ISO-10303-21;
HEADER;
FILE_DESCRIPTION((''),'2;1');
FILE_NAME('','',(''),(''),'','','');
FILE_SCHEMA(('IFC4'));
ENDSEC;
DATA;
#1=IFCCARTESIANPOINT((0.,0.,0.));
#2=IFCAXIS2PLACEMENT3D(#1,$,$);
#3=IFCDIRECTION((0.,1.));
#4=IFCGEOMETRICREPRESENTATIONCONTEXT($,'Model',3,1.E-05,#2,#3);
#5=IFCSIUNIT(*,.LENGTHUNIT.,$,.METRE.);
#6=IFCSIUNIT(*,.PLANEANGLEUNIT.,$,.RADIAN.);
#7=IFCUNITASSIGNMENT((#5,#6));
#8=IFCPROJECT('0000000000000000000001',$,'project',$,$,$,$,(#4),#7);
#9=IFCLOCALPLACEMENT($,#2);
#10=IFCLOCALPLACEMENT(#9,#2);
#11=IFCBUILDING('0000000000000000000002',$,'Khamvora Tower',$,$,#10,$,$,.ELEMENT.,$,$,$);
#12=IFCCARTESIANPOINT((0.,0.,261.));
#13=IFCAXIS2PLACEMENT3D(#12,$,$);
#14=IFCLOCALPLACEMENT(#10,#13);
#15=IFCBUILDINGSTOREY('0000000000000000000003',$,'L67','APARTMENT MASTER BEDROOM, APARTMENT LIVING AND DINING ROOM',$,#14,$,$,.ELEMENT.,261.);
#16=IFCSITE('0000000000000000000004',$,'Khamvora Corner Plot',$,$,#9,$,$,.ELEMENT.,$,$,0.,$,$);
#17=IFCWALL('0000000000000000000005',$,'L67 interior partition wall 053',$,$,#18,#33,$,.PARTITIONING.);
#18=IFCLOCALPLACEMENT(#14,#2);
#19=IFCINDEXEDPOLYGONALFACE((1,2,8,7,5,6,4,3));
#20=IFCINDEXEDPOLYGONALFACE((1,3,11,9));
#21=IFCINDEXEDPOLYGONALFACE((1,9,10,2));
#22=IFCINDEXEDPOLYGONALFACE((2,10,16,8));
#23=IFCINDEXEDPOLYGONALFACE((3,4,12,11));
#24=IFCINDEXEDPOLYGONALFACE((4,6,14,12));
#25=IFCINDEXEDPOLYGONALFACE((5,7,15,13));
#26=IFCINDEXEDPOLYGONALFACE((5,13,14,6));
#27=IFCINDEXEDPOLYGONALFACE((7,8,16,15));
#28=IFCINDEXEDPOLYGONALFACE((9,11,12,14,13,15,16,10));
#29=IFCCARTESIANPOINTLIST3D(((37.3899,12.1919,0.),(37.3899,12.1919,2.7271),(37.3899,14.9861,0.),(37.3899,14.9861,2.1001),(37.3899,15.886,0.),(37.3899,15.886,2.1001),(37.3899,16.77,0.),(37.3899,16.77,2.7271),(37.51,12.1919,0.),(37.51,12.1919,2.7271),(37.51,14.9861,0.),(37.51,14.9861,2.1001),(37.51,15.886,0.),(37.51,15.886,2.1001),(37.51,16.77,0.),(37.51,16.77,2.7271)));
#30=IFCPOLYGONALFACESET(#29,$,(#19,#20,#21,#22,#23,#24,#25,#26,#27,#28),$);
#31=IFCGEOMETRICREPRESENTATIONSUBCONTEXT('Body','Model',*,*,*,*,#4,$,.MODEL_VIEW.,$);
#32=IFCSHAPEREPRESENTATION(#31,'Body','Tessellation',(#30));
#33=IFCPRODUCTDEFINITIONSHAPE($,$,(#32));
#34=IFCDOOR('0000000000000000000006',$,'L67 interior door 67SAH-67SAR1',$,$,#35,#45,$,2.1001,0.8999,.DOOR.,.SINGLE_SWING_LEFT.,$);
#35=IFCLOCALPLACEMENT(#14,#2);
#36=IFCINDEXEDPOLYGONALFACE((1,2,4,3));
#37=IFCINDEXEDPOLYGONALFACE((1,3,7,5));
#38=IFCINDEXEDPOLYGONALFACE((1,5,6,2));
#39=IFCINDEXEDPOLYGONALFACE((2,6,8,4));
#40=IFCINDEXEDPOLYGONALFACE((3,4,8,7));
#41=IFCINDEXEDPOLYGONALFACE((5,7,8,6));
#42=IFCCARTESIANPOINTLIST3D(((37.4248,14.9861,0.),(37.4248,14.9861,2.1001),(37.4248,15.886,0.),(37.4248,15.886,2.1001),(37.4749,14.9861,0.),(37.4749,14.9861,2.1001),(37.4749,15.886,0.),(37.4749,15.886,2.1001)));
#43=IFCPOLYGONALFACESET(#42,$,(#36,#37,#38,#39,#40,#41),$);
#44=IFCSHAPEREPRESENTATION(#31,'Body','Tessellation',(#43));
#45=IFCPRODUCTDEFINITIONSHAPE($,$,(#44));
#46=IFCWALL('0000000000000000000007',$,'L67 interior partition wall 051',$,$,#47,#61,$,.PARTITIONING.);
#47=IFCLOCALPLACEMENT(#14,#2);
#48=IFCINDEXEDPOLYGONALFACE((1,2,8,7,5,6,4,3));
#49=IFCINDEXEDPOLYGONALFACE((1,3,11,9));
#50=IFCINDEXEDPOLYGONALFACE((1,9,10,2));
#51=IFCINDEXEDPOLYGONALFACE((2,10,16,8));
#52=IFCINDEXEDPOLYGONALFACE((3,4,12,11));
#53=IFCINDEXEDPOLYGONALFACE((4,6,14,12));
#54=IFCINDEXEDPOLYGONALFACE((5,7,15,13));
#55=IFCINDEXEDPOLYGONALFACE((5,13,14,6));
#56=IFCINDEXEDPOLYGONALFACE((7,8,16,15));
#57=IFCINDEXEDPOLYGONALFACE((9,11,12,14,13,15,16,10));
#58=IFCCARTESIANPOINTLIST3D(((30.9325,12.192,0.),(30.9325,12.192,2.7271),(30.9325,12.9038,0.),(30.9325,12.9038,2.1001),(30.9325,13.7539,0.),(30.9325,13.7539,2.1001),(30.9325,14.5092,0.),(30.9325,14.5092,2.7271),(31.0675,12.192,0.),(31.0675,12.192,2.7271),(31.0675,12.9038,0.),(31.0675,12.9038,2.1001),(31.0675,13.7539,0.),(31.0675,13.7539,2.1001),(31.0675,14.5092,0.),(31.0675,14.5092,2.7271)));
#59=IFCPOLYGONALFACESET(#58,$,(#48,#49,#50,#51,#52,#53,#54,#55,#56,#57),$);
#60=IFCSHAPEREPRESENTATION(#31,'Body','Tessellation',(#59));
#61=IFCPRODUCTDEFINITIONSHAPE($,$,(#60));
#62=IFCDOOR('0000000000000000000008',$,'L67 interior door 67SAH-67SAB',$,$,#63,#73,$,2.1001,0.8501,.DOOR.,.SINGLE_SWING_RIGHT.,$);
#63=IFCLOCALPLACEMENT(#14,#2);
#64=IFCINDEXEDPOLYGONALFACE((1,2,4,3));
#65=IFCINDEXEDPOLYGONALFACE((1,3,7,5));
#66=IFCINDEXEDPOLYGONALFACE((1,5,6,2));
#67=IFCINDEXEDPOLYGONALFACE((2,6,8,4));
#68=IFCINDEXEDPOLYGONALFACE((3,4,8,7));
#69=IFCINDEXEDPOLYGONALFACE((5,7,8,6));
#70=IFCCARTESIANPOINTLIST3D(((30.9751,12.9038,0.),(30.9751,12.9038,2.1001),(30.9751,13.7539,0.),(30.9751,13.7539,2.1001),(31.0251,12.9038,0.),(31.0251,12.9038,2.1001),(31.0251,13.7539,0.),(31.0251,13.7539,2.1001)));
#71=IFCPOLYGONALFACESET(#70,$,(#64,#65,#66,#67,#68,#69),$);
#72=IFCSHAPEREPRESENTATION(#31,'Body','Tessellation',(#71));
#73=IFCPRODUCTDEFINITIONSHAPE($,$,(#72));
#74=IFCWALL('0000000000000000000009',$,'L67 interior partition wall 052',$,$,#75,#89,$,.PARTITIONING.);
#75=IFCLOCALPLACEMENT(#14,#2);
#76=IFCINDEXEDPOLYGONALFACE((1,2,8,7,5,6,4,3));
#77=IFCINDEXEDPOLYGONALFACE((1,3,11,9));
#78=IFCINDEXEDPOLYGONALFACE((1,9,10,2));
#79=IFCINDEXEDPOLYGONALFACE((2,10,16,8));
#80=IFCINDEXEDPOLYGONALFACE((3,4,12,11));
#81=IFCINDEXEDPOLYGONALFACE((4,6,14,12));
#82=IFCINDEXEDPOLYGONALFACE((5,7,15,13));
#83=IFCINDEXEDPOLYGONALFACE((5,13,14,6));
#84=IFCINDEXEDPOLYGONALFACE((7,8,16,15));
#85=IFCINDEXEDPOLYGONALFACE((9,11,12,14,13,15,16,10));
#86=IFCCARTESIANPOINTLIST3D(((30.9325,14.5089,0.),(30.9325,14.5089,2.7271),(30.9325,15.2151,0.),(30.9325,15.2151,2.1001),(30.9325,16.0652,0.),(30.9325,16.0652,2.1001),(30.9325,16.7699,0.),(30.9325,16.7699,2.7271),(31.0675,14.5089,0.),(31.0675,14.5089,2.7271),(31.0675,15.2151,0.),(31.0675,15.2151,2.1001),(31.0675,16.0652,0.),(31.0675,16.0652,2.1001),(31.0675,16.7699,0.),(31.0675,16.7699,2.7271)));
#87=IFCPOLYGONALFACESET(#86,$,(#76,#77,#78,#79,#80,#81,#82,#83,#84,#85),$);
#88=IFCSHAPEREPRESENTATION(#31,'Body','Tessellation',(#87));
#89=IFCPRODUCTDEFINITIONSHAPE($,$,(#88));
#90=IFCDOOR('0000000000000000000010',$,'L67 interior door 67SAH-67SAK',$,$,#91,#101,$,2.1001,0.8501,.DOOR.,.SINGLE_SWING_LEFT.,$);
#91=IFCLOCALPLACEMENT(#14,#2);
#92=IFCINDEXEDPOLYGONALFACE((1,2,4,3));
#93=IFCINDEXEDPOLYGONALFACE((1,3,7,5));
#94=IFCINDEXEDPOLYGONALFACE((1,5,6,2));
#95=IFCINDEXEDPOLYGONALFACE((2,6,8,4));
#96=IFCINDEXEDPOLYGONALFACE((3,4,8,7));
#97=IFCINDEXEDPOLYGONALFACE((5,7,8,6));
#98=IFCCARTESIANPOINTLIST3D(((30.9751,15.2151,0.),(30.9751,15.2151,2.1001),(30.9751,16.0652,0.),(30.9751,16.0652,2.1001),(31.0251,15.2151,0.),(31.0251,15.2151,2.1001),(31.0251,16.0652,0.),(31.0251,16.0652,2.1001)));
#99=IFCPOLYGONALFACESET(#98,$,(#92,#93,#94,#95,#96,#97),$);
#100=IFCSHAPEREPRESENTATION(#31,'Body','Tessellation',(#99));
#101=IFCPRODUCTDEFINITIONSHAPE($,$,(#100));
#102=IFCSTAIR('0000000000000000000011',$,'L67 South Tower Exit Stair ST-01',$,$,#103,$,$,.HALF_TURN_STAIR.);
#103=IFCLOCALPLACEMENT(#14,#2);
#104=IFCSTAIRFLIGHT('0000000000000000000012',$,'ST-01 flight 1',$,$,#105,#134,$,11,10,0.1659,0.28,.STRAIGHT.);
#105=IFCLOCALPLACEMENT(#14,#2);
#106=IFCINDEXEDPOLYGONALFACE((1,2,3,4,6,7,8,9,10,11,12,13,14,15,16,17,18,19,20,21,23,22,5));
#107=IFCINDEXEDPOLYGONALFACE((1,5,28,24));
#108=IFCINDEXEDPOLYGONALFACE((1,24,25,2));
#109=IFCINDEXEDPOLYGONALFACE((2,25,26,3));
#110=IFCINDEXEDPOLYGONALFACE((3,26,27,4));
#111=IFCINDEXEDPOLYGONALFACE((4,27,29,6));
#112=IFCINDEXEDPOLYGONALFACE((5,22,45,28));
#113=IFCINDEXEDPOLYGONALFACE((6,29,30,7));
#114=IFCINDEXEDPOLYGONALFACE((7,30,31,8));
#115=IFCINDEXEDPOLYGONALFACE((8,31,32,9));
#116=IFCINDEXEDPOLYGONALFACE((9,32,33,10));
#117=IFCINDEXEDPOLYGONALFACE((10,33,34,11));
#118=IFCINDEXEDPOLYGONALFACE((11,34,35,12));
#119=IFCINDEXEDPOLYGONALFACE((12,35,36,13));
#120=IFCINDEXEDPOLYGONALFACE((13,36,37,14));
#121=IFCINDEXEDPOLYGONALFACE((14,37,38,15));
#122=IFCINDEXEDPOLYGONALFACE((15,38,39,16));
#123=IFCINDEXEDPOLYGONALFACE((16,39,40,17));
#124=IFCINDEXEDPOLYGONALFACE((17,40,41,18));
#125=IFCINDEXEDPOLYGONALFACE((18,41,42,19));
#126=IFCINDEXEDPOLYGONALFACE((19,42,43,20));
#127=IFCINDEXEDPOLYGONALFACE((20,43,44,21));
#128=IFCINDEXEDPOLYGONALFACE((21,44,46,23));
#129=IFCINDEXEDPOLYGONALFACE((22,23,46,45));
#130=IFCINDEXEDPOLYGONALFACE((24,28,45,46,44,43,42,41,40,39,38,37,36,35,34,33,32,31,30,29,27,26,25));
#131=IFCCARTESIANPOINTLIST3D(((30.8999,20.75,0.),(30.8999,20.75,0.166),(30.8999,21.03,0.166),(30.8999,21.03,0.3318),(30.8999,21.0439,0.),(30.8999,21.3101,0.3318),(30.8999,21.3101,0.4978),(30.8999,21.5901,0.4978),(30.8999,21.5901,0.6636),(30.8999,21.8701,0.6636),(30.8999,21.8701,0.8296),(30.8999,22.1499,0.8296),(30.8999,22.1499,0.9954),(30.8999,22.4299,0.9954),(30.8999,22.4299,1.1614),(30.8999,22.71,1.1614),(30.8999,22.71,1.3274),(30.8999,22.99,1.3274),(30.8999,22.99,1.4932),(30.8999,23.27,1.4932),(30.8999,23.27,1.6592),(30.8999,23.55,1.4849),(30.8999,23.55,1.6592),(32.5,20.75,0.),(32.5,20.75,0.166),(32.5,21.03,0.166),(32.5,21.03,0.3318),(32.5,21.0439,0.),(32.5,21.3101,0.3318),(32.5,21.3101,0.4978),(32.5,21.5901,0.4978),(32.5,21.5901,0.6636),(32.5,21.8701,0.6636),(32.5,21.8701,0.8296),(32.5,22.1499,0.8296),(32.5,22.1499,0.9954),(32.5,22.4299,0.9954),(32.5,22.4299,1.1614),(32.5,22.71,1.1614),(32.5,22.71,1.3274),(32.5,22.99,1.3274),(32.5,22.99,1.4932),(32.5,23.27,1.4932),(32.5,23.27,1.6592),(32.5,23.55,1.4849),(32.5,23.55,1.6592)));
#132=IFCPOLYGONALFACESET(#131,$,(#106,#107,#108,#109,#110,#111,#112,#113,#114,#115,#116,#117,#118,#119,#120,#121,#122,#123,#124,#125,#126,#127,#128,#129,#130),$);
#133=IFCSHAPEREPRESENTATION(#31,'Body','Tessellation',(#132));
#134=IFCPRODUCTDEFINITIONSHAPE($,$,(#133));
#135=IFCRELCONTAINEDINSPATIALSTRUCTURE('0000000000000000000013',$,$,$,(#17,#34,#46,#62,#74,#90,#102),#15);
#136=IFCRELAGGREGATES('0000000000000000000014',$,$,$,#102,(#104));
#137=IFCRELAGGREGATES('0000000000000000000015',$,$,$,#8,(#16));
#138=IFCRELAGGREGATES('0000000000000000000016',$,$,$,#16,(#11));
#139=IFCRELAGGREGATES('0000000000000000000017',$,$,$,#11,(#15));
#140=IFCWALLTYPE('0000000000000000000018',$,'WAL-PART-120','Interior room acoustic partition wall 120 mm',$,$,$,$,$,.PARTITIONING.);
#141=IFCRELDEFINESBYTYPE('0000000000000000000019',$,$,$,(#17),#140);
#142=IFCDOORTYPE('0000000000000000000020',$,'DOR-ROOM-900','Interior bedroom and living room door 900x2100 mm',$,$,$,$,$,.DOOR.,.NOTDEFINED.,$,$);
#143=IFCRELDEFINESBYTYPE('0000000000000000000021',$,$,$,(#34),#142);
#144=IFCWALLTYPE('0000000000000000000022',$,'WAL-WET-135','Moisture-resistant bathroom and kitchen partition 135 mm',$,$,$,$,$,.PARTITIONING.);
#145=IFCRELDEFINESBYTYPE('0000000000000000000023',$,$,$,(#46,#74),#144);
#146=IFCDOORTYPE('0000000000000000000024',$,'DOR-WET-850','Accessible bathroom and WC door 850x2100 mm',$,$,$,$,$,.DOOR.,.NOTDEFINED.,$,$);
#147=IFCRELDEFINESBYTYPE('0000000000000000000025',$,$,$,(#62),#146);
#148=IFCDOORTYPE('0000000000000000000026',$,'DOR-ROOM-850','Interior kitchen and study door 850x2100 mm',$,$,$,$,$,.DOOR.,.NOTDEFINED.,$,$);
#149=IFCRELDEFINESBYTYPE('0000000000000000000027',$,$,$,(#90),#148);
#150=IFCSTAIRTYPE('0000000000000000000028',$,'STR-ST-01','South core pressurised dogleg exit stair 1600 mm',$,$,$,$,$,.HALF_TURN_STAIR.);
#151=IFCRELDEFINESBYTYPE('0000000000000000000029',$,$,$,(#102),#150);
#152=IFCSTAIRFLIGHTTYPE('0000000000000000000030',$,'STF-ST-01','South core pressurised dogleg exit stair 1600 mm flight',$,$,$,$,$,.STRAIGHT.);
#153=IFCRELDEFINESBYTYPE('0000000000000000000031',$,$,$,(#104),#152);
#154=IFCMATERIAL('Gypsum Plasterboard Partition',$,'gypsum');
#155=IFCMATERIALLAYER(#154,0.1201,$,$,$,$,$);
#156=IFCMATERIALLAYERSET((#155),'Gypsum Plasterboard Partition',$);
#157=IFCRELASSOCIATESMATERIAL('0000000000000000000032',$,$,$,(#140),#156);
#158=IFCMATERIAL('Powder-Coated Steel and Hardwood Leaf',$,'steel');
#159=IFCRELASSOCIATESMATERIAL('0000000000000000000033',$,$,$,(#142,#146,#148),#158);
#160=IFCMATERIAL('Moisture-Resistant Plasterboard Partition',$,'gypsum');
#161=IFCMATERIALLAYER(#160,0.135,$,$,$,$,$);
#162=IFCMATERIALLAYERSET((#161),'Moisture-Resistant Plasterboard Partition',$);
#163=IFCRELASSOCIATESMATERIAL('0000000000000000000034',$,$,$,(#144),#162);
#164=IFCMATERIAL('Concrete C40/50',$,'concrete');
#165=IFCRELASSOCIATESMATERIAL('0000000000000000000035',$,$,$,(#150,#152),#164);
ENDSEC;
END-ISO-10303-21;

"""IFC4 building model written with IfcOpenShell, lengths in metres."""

from ifc_helpers import new_model, si_unit, direction, frame, frame_2d, origin, place, context, subcontext, project, spatial, polyline, rectangle, outline, extrude, material, layer, layer_set, type_object, element, fill, aggregate, save


model = new_model("IFC4")

# Units and contexts
model_context = context("Model", 3, precision=1e-05, world=origin(), true_north=direction((0.0, 1.0)))
body_context = subcontext(model_context, "Body", "Model", "MODEL_VIEW")
ifc_project = project(units=[si_unit("LENGTHUNIT", "METRE"), si_unit("PLANEANGLEUNIT", "RADIAN")], contexts=[model_context])

# Site, building, storey
site_placement = place(None, origin())
site = spatial("IfcSite", under=ifc_project, at=site_placement, Name="Khamvora Corner Plot", CompositionType="ELEMENT", RefElevation=0.0)
building_placement = place(site_placement, origin())
building = spatial("IfcBuilding", under=site, at=building_placement, Name="Khamvora Tower", CompositionType="ELEMENT")
storey_placement = place(building_placement, frame((0.0, 0.0, 261.0)))
storey = spatial("IfcBuildingStorey", under=building, at=storey_placement, Name="L67", Description="APARTMENT MASTER BEDROOM, APARTMENT LIVING AND DINING ROOM", CompositionType="ELEMENT", Elevation=261.0)

# Shared definitions
ifc_material_1 = material(Name="Powder-Coated Steel and Hardwood Leaf", Category="steel")

# Walls, openings, doors
ifc_material_2 = material(Name="Gypsum Plasterboard Partition", Category="gypsum")
ifc_layer_1 = layer(ifc_material_2, 0.1201)
ifc_layer_set_1 = layer_set([ifc_layer_1], Name="Gypsum Plasterboard Partition")
wall_type_1 = type_object("IfcWallType", Name="WAL-PART-120", Description="Interior room acoustic partition wall 120 mm", PredefinedType="PARTITIONING", material=ifc_layer_set_1)
wall_1_placement = place(storey_placement, frame((37.45, 16.77, 0.0), z_axis=(0.0, 0.0, 1.0), x_axis=(0.0, -1.0, 0.0)))
wall_1 = element("IfcWall", 1, at=wall_1_placement, inside=storey, type_object=wall_type_1, Name="L67 interior partition wall 053", PredefinedType="PARTITIONING", context=body_context, shape_type="SweptSolid", body=[
    extrude(rectangle(XDim=4.5781, YDim=0.1201, at=frame_2d((2.2891, 0.0))), origin(), (0.0, 0.0, 1.0), 2.7271),
])
opening_1_placement = place(wall_1_placement, frame((0.884, 0.0, 0.0)))
opening_1 = element("IfcOpeningElement", 2, at=opening_1_placement, cuts=wall_1, PredefinedType="OPENING", context=body_context, shape_type="SweptSolid", body=[
    extrude(rectangle(XDim=0.8999, YDim=2.1001, at=frame_2d((0.45, 1.05))), frame((0.0, 0.0701, 0.0), z_axis=(0.0, -1.0, 0.0), x_axis=(1.0, 0.0, 0.0)), (0.0, 0.0, 1.0), 0.1401),
])
door_type_1 = type_object("IfcDoorType", Name="DOR-ROOM-900", Description="Interior bedroom and living room door 900x2100 mm", OperationType="NOTDEFINED", PredefinedType="DOOR", material=ifc_material_1)
door_1_placement = place(opening_1_placement, origin())
door_1 = element("IfcDoor", 3, at=door_1_placement, inside=storey, type_object=door_type_1, Name="L67 interior door 67SAH-67SAR1", OperationType="SINGLE_SWING_LEFT", OverallHeight=2.1001, OverallWidth=0.8999, PredefinedType="DOOR", context=body_context, shape_type="SweptSolid", body=[
    extrude(rectangle(XDim=0.8999, YDim=2.1001, at=frame_2d((0.45, 1.05))), frame((0.0, 0.0249, 0.0), z_axis=(0.0, -1.0, 0.0), x_axis=(1.0, 0.0, 0.0)), (0.0, 0.0, 1.0), 0.05),
])
fill(opening_1, door_1)
ifc_material_3 = material(Name="Moisture-Resistant Plasterboard Partition", Category="gypsum")
ifc_layer_2 = layer(ifc_material_3, 0.135)
ifc_layer_set_2 = layer_set([ifc_layer_2], Name="Moisture-Resistant Plasterboard Partition")
wall_type_2 = type_object("IfcWallType", Name="WAL-WET-135", Description="Moisture-resistant bathroom and kitchen partition 135 mm", PredefinedType="PARTITIONING", material=ifc_layer_set_2)
wall_2_placement = place(storey_placement, frame((31.0, 12.1919, 0.0), z_axis=(0.0, 0.0, 1.0), x_axis=(0.0, 1.0, 0.0)))
wall_2 = element("IfcWall", 4, at=wall_2_placement, inside=storey, type_object=wall_type_2, Name="L67 interior partition wall 051", PredefinedType="PARTITIONING", context=body_context, shape_type="SweptSolid", body=[
    extrude(rectangle(XDim=2.3171, YDim=0.135, at=frame_2d((1.1587, 0.0))), origin(), (0.0, 0.0, 1.0), 2.7271),
])
opening_2_placement = place(wall_2_placement, frame((0.7119, 0.0, 0.0)))
opening_2 = element("IfcOpeningElement", 5, at=opening_2_placement, cuts=wall_2, PredefinedType="OPENING", context=body_context, shape_type="SweptSolid", body=[
    extrude(rectangle(XDim=0.8501, YDim=2.1001, at=frame_2d((0.425, 1.05))), frame((0.0, 0.0774, 0.0), z_axis=(0.0, -1.0, 0.0), x_axis=(1.0, 0.0, 0.0)), (0.0, 0.0, 1.0), 0.155),
])
door_type_2 = type_object("IfcDoorType", Name="DOR-WET-850", Description="Accessible bathroom and WC door 850x2100 mm", OperationType="NOTDEFINED", PredefinedType="DOOR", material=ifc_material_1)
door_2_placement = place(opening_2_placement, origin())
door_2 = element("IfcDoor", 6, at=door_2_placement, inside=storey, type_object=door_type_2, Name="L67 interior door 67SAH-67SAB", OperationType="SINGLE_SWING_RIGHT", OverallHeight=2.1001, OverallWidth=0.8501, PredefinedType="DOOR", context=body_context, shape_type="SweptSolid", body=[
    extrude(rectangle(XDim=0.8501, YDim=2.1001, at=frame_2d((0.425, 1.05))), frame((0.0, 0.0249, 0.0), z_axis=(0.0, -1.0, 0.0), x_axis=(1.0, 0.0, 0.0)), (0.0, 0.0, 1.0), 0.05),
])
fill(opening_2, door_2)
wall_3_placement = place(storey_placement, frame((31.0, 14.509, 0.0), z_axis=(0.0, 0.0, 1.0), x_axis=(0.0, 1.0, 0.0)))
wall_3 = element("IfcWall", 7, at=wall_3_placement, inside=storey, type_object=wall_type_2, Name="L67 interior partition wall 052", PredefinedType="PARTITIONING", context=body_context, shape_type="SweptSolid", body=[
    extrude(rectangle(XDim=2.261, YDim=0.135, at=frame_2d((1.1304, 0.0))), origin(), (0.0, 0.0, 1.0), 2.7271),
])
opening_3_placement = place(wall_3_placement, frame((0.7061, 0.0, 0.0)))
opening_3 = element("IfcOpeningElement", 8, at=opening_3_placement, cuts=wall_3, PredefinedType="OPENING", context=body_context, shape_type="SweptSolid", body=[
    extrude(rectangle(XDim=0.8501, YDim=2.1001, at=frame_2d((0.425, 1.05))), frame((0.0, 0.0774, 0.0), z_axis=(0.0, -1.0, 0.0), x_axis=(1.0, 0.0, 0.0)), (0.0, 0.0, 1.0), 0.155),
])
door_type_3 = type_object("IfcDoorType", Name="DOR-ROOM-850", Description="Interior kitchen and study door 850x2100 mm", OperationType="NOTDEFINED", PredefinedType="DOOR", material=ifc_material_1)
door_3_placement = place(opening_3_placement, origin())
door_3 = element("IfcDoor", 9, at=door_3_placement, inside=storey, type_object=door_type_3, Name="L67 interior door 67SAH-67SAK", OperationType="SINGLE_SWING_LEFT", OverallHeight=2.1001, OverallWidth=0.8501, PredefinedType="DOOR", context=body_context, shape_type="SweptSolid", body=[
    extrude(rectangle(XDim=0.8501, YDim=2.1001, at=frame_2d((0.425, 1.05))), frame((0.0, 0.0249, 0.0), z_axis=(0.0, -1.0, 0.0), x_axis=(1.0, 0.0, 0.0)), (0.0, 0.0, 1.0), 0.05),
])
fill(opening_3, door_3)

# Stair, stair flight
ifc_material_4 = material(Name="Concrete C40/50", Category="concrete")
stair_type = type_object("IfcStairType", Name="STR-ST-01", Description="South core pressurised dogleg exit stair 1600 mm", PredefinedType="HALF_TURN_STAIR", material=ifc_material_4)
stair_placement = place(storey_placement, origin())
stair = element("IfcStair", 10, at=stair_placement, inside=storey, type_object=stair_type, Name="L67 South Tower Exit Stair ST-01", PredefinedType="HALF_TURN_STAIR")
stair_flight_type = type_object("IfcStairFlightType", Name="STF-ST-01", Description="South core pressurised dogleg exit stair 1600 mm flight", PredefinedType="STRAIGHT", material=ifc_material_4)
stair_flight_placement = place(storey_placement, frame((31.7, 20.75, 0.0), z_axis=(0.0, 0.0, 1.0), x_axis=(0.0, 1.0, 0.0)))
stair_flight = element("IfcStairFlight", 11, at=stair_flight_placement, type_object=stair_flight_type, Name="ST-01 flight 1", NumberOfRisers=11, NumberOfTreads=10, PredefinedType="STRAIGHT", RiserHeight=0.1659, TreadLength=0.28, context=body_context, shape_type="SweptSolid", body=[
    extrude(outline(polyline([(0.0, 0.0), (0.0, 0.166), (0.28, 0.166), (0.28, 0.3318), (0.5601, 0.3318), (0.5601, 0.4978), (0.8401, 0.4978), (0.8401, 0.6636), (1.1201, 0.6636), (1.1201, 0.8296), (1.3999, 0.8296), (1.3999, 0.9954), (1.6799, 0.9954), (1.6799, 1.1614), (1.96, 1.1614), (1.96, 1.3274), (2.24, 1.3274), (2.24, 1.4932), (2.52, 1.4932), (2.52, 1.6592), (2.8, 1.6592), (2.8, 1.825), (2.8, 1.4849), (0.2939, 0.0), (0.0, 0.0)])), frame((0.0, 0.8, 0.0), z_axis=(0.0, -1.0, 0.0), x_axis=(1.0, 0.0, 0.0)), (0.0, 0.0, 1.0), 1.6001),
])
aggregate(stair, [stair_flight])

save(model, "model.ifc")
